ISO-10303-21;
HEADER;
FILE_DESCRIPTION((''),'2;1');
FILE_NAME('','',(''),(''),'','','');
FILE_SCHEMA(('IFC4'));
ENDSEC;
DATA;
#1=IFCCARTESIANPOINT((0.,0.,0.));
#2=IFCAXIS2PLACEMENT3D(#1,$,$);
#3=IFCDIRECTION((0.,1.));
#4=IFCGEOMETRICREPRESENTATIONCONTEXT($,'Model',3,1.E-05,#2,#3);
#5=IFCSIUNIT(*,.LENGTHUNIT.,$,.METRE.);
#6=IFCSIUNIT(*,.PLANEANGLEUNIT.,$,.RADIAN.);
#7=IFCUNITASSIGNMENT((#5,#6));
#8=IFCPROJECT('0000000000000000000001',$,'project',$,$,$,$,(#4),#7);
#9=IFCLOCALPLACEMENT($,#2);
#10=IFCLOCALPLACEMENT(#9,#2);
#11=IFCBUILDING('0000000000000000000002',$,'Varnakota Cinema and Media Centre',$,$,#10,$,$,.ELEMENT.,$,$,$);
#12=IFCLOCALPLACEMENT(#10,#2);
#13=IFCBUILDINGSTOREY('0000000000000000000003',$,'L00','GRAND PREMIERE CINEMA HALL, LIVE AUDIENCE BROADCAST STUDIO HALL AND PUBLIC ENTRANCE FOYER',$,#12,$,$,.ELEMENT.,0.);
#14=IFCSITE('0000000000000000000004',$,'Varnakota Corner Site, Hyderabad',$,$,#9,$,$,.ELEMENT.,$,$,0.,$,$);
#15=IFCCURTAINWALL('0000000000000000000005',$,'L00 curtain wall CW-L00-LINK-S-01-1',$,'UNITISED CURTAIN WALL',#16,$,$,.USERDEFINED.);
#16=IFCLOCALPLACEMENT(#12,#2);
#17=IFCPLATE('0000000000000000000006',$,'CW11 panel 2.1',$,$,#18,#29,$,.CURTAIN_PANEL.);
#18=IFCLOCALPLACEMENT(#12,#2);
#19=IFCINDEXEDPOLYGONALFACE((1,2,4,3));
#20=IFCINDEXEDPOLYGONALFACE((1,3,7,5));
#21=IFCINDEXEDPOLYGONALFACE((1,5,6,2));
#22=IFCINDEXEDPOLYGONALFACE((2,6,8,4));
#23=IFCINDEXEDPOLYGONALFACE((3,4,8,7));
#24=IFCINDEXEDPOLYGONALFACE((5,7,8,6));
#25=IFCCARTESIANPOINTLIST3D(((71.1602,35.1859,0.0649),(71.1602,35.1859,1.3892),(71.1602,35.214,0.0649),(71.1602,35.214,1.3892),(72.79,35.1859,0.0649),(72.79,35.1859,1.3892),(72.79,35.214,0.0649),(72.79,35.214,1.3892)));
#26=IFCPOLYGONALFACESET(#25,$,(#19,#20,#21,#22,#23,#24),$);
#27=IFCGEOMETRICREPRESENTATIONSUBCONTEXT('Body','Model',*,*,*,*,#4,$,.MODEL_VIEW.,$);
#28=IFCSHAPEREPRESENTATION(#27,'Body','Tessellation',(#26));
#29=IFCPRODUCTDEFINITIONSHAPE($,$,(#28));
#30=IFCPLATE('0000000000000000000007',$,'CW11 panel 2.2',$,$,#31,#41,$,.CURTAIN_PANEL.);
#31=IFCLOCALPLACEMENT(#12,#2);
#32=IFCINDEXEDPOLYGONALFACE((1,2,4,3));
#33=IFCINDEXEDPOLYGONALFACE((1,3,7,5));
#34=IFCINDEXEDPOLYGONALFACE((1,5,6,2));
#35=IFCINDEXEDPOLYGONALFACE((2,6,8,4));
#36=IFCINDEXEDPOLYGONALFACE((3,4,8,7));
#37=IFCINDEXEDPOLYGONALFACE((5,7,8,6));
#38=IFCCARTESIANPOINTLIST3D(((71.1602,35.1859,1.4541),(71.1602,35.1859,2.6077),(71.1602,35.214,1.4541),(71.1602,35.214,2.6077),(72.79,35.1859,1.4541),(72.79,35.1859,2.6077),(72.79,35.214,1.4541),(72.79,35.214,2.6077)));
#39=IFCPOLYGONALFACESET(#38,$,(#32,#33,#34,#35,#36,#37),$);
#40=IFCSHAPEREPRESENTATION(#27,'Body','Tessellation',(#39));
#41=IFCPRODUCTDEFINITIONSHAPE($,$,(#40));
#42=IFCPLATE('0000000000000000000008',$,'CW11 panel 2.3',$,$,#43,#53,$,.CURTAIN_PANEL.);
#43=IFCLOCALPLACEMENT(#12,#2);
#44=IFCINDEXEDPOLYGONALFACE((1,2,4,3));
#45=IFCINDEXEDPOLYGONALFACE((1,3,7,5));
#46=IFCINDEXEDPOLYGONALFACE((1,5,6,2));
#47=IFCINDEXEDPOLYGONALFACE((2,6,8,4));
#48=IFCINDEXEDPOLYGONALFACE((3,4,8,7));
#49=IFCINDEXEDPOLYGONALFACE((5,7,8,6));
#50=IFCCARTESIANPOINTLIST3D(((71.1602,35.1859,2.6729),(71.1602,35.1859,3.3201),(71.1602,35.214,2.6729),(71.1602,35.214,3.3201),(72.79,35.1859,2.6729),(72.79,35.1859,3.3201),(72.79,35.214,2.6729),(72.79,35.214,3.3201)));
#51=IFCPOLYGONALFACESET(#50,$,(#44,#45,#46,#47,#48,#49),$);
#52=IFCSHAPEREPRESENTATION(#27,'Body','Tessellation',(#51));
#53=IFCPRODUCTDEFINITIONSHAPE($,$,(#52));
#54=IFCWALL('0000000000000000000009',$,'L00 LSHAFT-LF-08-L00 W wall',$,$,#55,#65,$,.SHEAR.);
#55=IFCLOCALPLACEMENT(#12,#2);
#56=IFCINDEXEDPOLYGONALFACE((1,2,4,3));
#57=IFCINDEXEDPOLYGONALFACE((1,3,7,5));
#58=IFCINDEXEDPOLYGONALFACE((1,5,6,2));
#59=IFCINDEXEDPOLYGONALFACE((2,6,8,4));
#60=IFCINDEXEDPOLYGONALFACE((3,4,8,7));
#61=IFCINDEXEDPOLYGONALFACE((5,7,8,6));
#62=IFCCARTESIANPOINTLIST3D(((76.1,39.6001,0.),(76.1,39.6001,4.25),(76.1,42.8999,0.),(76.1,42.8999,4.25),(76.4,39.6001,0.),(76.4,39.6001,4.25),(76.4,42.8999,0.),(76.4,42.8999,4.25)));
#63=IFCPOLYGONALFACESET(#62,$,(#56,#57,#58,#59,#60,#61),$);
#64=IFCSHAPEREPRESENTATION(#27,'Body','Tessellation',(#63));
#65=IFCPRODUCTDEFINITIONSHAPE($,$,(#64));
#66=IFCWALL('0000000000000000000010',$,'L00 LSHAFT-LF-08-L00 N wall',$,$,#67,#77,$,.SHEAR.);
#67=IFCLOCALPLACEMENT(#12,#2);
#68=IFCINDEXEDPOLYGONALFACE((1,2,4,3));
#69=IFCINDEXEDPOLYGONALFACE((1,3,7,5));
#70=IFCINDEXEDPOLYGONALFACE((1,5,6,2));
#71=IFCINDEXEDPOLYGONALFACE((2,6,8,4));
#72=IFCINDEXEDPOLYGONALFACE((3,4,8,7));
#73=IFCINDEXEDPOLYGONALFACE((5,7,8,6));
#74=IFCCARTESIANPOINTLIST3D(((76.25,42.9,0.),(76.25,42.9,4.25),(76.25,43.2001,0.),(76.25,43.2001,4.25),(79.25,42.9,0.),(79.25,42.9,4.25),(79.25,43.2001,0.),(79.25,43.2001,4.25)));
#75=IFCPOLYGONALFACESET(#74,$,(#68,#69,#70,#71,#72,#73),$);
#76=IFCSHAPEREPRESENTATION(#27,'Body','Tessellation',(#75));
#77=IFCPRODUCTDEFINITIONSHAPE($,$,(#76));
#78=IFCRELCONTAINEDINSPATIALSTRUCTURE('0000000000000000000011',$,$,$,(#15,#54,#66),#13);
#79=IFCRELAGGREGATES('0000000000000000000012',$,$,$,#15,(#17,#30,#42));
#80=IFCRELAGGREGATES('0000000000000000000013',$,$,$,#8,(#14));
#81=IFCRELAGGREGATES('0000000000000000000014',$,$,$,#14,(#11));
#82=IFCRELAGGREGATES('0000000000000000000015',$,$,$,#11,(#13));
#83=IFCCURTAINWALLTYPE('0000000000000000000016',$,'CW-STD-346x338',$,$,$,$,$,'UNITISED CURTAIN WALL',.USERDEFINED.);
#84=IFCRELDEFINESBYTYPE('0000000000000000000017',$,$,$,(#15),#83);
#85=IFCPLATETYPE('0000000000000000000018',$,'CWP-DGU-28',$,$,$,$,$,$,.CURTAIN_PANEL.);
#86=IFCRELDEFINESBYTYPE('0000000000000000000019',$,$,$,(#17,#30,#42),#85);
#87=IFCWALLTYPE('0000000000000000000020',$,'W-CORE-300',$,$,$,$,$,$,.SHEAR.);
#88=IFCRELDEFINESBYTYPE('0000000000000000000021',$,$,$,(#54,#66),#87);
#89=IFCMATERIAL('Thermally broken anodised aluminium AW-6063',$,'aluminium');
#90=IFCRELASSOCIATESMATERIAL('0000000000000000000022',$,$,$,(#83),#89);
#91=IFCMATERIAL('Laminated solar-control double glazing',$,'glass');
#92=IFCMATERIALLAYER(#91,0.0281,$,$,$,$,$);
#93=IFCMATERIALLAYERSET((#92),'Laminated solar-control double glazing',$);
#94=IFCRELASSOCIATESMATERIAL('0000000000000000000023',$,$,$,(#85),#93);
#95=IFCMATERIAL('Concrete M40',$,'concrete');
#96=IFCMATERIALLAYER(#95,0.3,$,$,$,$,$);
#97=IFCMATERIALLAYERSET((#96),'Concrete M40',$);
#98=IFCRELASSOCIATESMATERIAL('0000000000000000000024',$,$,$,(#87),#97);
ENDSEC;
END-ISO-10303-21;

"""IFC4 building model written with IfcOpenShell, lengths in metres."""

from ifc_helpers import new_model, si_unit, direction, frame, frame_2d, origin, origin_2d, place, context, subcontext, project, spatial, rectangle, extrude, material, layer, layer_set, type_object, element, aggregate, save


model = new_model("IFC4")

# Units and contexts
model_context = context("Model", 3, precision=1e-05, world=origin(), true_north=direction((0.0, 1.0)))
body_context = subcontext(model_context, "Body", "Model", "MODEL_VIEW")
ifc_project = project(units=[si_unit("LENGTHUNIT", "METRE"), si_unit("PLANEANGLEUNIT", "RADIAN")], contexts=[model_context])

# Site, building, storey
site_placement = place(None, origin())
site = spatial("IfcSite", under=ifc_project, at=site_placement, Name="Varnakota Corner Site, Hyderabad", CompositionType="ELEMENT", RefElevation=0.0)
building_placement = place(site_placement, origin())
building = spatial("IfcBuilding", under=site, at=building_placement, Name="Varnakota Cinema and Media Centre", CompositionType="ELEMENT")
storey_placement = place(building_placement, origin())
storey = spatial("IfcBuildingStorey", under=building, at=storey_placement, Name="L00", Description="GRAND PREMIERE CINEMA HALL, LIVE AUDIENCE BROADCAST STUDIO HALL AND PUBLIC ENTRANCE FOYER", CompositionType="ELEMENT", Elevation=0.0)

# Curtain wall
ifc_material_1 = material(Name="Thermally broken anodised aluminium AW-6063", Category="aluminium")
curtain_wall_type_1 = type_object("IfcCurtainWallType", Name="CW-STD-346x338", ElementType="UNITISED CURTAIN WALL", PredefinedType="USERDEFINED", material=ifc_material_1)
curtain_wall_1_placement = place(storey_placement, origin())
curtain_wall_1 = element("IfcCurtainWall", 1, at=curtain_wall_1_placement, inside=storey, type_object=curtain_wall_type_1, Name="L00 curtain wall CW-L00-LINK-S-01-1", ObjectType="UNITISED CURTAIN WALL", PredefinedType="USERDEFINED")

# Plates
ifc_material_2 = material(Name="Laminated solar-control double glazing", Category="glass")
ifc_layer_1 = layer(ifc_material_2, 0.0281)
ifc_layer_set_1 = layer_set([ifc_layer_1], Name="Laminated solar-control double glazing")
plate_type = type_object("IfcPlateType", Name="CWP-DGU-28", PredefinedType="CURTAIN_PANEL", material=ifc_layer_set_1)
plate_1_placement = place(storey_placement, frame((71.9751, 35.2, 0.0649), z_axis=(0.0, 0.0, 1.0), x_axis=(-1.0, 0.0, 0.0)))
plate_1 = element("IfcPlate", 2, at=plate_1_placement, type_object=plate_type, Name="CW11 panel 2.1", PredefinedType="CURTAIN_PANEL", context=body_context, shape_type="SweptSolid", body=[
    extrude(rectangle(XDim=1.6299, YDim=0.0281, at=origin_2d()), origin(), (0.0, 0.0, 1.0), 1.3242),
])
plate_2_placement = place(storey_placement, frame((71.9751, 35.2, 1.4541), z_axis=(0.0, 0.0, 1.0), x_axis=(-1.0, 0.0, 0.0)))
plate_2 = element("IfcPlate", 3, at=plate_2_placement, type_object=plate_type, Name="CW11 panel 2.2", PredefinedType="CURTAIN_PANEL", context=body_context, shape_type="SweptSolid", body=[
    extrude(rectangle(XDim=1.6299, YDim=0.0281, at=origin_2d()), origin(), (0.0, 0.0, 1.0), 1.1536),
])
plate_3_placement = place(storey_placement, frame((71.9751, 35.2, 2.6729), z_axis=(0.0, 0.0, 1.0), x_axis=(-1.0, 0.0, 0.0)))
plate_3 = element("IfcPlate", 4, at=plate_3_placement, type_object=plate_type, Name="CW11 panel 2.3", PredefinedType="CURTAIN_PANEL", context=body_context, shape_type="SweptSolid", body=[
    extrude(rectangle(XDim=1.6299, YDim=0.0281, at=origin_2d()), origin(), (0.0, 0.0, 1.0), 0.6472),
])
aggregate(curtain_wall_1, [plate_1, plate_2, plate_3])

# Walls
ifc_material_3 = material(Name="Concrete M40", Category="concrete")
ifc_layer_2 = layer(ifc_material_3, 0.3)
ifc_layer_set_2 = layer_set([ifc_layer_2], Name="Concrete M40")
wall_type = type_object("IfcWallType", Name="W-CORE-300", PredefinedType="SHEAR", material=ifc_layer_set_2)
wall_1_placement = place(storey_placement, frame((76.25, 39.6001, 0.0), z_axis=(0.0, 0.0, 1.0), x_axis=(0.0, 1.0, 0.0)))
element("IfcWall", 5, at=wall_1_placement, inside=storey, type_object=wall_type, Name="L00 LSHAFT-LF-08-L00 W wall", PredefinedType="SHEAR", context=body_context, shape_type="SweptSolid", body=[
    extrude(rectangle(XDim=3.2998, YDim=0.3, at=frame_2d((1.6499, 0.0))), origin(), (0.0, 0.0, 1.0), 4.25),
])
wall_2_placement = place(storey_placement, frame((76.25, 43.05, 0.0), z_axis=(0.0, 0.0, 1.0), x_axis=(1.0, 0.0, 0.0)))
element("IfcWall", 6, at=wall_2_placement, inside=storey, type_object=wall_type, Name="L00 LSHAFT-LF-08-L00 N wall", PredefinedType="SHEAR", context=body_context, shape_type="SweptSolid", body=[
    extrude(rectangle(XDim=3.0, YDim=0.3, at=frame_2d((1.5, 0.0))), origin(), (0.0, 0.0, 1.0), 4.25),
])

save(model, "model.ifc")
